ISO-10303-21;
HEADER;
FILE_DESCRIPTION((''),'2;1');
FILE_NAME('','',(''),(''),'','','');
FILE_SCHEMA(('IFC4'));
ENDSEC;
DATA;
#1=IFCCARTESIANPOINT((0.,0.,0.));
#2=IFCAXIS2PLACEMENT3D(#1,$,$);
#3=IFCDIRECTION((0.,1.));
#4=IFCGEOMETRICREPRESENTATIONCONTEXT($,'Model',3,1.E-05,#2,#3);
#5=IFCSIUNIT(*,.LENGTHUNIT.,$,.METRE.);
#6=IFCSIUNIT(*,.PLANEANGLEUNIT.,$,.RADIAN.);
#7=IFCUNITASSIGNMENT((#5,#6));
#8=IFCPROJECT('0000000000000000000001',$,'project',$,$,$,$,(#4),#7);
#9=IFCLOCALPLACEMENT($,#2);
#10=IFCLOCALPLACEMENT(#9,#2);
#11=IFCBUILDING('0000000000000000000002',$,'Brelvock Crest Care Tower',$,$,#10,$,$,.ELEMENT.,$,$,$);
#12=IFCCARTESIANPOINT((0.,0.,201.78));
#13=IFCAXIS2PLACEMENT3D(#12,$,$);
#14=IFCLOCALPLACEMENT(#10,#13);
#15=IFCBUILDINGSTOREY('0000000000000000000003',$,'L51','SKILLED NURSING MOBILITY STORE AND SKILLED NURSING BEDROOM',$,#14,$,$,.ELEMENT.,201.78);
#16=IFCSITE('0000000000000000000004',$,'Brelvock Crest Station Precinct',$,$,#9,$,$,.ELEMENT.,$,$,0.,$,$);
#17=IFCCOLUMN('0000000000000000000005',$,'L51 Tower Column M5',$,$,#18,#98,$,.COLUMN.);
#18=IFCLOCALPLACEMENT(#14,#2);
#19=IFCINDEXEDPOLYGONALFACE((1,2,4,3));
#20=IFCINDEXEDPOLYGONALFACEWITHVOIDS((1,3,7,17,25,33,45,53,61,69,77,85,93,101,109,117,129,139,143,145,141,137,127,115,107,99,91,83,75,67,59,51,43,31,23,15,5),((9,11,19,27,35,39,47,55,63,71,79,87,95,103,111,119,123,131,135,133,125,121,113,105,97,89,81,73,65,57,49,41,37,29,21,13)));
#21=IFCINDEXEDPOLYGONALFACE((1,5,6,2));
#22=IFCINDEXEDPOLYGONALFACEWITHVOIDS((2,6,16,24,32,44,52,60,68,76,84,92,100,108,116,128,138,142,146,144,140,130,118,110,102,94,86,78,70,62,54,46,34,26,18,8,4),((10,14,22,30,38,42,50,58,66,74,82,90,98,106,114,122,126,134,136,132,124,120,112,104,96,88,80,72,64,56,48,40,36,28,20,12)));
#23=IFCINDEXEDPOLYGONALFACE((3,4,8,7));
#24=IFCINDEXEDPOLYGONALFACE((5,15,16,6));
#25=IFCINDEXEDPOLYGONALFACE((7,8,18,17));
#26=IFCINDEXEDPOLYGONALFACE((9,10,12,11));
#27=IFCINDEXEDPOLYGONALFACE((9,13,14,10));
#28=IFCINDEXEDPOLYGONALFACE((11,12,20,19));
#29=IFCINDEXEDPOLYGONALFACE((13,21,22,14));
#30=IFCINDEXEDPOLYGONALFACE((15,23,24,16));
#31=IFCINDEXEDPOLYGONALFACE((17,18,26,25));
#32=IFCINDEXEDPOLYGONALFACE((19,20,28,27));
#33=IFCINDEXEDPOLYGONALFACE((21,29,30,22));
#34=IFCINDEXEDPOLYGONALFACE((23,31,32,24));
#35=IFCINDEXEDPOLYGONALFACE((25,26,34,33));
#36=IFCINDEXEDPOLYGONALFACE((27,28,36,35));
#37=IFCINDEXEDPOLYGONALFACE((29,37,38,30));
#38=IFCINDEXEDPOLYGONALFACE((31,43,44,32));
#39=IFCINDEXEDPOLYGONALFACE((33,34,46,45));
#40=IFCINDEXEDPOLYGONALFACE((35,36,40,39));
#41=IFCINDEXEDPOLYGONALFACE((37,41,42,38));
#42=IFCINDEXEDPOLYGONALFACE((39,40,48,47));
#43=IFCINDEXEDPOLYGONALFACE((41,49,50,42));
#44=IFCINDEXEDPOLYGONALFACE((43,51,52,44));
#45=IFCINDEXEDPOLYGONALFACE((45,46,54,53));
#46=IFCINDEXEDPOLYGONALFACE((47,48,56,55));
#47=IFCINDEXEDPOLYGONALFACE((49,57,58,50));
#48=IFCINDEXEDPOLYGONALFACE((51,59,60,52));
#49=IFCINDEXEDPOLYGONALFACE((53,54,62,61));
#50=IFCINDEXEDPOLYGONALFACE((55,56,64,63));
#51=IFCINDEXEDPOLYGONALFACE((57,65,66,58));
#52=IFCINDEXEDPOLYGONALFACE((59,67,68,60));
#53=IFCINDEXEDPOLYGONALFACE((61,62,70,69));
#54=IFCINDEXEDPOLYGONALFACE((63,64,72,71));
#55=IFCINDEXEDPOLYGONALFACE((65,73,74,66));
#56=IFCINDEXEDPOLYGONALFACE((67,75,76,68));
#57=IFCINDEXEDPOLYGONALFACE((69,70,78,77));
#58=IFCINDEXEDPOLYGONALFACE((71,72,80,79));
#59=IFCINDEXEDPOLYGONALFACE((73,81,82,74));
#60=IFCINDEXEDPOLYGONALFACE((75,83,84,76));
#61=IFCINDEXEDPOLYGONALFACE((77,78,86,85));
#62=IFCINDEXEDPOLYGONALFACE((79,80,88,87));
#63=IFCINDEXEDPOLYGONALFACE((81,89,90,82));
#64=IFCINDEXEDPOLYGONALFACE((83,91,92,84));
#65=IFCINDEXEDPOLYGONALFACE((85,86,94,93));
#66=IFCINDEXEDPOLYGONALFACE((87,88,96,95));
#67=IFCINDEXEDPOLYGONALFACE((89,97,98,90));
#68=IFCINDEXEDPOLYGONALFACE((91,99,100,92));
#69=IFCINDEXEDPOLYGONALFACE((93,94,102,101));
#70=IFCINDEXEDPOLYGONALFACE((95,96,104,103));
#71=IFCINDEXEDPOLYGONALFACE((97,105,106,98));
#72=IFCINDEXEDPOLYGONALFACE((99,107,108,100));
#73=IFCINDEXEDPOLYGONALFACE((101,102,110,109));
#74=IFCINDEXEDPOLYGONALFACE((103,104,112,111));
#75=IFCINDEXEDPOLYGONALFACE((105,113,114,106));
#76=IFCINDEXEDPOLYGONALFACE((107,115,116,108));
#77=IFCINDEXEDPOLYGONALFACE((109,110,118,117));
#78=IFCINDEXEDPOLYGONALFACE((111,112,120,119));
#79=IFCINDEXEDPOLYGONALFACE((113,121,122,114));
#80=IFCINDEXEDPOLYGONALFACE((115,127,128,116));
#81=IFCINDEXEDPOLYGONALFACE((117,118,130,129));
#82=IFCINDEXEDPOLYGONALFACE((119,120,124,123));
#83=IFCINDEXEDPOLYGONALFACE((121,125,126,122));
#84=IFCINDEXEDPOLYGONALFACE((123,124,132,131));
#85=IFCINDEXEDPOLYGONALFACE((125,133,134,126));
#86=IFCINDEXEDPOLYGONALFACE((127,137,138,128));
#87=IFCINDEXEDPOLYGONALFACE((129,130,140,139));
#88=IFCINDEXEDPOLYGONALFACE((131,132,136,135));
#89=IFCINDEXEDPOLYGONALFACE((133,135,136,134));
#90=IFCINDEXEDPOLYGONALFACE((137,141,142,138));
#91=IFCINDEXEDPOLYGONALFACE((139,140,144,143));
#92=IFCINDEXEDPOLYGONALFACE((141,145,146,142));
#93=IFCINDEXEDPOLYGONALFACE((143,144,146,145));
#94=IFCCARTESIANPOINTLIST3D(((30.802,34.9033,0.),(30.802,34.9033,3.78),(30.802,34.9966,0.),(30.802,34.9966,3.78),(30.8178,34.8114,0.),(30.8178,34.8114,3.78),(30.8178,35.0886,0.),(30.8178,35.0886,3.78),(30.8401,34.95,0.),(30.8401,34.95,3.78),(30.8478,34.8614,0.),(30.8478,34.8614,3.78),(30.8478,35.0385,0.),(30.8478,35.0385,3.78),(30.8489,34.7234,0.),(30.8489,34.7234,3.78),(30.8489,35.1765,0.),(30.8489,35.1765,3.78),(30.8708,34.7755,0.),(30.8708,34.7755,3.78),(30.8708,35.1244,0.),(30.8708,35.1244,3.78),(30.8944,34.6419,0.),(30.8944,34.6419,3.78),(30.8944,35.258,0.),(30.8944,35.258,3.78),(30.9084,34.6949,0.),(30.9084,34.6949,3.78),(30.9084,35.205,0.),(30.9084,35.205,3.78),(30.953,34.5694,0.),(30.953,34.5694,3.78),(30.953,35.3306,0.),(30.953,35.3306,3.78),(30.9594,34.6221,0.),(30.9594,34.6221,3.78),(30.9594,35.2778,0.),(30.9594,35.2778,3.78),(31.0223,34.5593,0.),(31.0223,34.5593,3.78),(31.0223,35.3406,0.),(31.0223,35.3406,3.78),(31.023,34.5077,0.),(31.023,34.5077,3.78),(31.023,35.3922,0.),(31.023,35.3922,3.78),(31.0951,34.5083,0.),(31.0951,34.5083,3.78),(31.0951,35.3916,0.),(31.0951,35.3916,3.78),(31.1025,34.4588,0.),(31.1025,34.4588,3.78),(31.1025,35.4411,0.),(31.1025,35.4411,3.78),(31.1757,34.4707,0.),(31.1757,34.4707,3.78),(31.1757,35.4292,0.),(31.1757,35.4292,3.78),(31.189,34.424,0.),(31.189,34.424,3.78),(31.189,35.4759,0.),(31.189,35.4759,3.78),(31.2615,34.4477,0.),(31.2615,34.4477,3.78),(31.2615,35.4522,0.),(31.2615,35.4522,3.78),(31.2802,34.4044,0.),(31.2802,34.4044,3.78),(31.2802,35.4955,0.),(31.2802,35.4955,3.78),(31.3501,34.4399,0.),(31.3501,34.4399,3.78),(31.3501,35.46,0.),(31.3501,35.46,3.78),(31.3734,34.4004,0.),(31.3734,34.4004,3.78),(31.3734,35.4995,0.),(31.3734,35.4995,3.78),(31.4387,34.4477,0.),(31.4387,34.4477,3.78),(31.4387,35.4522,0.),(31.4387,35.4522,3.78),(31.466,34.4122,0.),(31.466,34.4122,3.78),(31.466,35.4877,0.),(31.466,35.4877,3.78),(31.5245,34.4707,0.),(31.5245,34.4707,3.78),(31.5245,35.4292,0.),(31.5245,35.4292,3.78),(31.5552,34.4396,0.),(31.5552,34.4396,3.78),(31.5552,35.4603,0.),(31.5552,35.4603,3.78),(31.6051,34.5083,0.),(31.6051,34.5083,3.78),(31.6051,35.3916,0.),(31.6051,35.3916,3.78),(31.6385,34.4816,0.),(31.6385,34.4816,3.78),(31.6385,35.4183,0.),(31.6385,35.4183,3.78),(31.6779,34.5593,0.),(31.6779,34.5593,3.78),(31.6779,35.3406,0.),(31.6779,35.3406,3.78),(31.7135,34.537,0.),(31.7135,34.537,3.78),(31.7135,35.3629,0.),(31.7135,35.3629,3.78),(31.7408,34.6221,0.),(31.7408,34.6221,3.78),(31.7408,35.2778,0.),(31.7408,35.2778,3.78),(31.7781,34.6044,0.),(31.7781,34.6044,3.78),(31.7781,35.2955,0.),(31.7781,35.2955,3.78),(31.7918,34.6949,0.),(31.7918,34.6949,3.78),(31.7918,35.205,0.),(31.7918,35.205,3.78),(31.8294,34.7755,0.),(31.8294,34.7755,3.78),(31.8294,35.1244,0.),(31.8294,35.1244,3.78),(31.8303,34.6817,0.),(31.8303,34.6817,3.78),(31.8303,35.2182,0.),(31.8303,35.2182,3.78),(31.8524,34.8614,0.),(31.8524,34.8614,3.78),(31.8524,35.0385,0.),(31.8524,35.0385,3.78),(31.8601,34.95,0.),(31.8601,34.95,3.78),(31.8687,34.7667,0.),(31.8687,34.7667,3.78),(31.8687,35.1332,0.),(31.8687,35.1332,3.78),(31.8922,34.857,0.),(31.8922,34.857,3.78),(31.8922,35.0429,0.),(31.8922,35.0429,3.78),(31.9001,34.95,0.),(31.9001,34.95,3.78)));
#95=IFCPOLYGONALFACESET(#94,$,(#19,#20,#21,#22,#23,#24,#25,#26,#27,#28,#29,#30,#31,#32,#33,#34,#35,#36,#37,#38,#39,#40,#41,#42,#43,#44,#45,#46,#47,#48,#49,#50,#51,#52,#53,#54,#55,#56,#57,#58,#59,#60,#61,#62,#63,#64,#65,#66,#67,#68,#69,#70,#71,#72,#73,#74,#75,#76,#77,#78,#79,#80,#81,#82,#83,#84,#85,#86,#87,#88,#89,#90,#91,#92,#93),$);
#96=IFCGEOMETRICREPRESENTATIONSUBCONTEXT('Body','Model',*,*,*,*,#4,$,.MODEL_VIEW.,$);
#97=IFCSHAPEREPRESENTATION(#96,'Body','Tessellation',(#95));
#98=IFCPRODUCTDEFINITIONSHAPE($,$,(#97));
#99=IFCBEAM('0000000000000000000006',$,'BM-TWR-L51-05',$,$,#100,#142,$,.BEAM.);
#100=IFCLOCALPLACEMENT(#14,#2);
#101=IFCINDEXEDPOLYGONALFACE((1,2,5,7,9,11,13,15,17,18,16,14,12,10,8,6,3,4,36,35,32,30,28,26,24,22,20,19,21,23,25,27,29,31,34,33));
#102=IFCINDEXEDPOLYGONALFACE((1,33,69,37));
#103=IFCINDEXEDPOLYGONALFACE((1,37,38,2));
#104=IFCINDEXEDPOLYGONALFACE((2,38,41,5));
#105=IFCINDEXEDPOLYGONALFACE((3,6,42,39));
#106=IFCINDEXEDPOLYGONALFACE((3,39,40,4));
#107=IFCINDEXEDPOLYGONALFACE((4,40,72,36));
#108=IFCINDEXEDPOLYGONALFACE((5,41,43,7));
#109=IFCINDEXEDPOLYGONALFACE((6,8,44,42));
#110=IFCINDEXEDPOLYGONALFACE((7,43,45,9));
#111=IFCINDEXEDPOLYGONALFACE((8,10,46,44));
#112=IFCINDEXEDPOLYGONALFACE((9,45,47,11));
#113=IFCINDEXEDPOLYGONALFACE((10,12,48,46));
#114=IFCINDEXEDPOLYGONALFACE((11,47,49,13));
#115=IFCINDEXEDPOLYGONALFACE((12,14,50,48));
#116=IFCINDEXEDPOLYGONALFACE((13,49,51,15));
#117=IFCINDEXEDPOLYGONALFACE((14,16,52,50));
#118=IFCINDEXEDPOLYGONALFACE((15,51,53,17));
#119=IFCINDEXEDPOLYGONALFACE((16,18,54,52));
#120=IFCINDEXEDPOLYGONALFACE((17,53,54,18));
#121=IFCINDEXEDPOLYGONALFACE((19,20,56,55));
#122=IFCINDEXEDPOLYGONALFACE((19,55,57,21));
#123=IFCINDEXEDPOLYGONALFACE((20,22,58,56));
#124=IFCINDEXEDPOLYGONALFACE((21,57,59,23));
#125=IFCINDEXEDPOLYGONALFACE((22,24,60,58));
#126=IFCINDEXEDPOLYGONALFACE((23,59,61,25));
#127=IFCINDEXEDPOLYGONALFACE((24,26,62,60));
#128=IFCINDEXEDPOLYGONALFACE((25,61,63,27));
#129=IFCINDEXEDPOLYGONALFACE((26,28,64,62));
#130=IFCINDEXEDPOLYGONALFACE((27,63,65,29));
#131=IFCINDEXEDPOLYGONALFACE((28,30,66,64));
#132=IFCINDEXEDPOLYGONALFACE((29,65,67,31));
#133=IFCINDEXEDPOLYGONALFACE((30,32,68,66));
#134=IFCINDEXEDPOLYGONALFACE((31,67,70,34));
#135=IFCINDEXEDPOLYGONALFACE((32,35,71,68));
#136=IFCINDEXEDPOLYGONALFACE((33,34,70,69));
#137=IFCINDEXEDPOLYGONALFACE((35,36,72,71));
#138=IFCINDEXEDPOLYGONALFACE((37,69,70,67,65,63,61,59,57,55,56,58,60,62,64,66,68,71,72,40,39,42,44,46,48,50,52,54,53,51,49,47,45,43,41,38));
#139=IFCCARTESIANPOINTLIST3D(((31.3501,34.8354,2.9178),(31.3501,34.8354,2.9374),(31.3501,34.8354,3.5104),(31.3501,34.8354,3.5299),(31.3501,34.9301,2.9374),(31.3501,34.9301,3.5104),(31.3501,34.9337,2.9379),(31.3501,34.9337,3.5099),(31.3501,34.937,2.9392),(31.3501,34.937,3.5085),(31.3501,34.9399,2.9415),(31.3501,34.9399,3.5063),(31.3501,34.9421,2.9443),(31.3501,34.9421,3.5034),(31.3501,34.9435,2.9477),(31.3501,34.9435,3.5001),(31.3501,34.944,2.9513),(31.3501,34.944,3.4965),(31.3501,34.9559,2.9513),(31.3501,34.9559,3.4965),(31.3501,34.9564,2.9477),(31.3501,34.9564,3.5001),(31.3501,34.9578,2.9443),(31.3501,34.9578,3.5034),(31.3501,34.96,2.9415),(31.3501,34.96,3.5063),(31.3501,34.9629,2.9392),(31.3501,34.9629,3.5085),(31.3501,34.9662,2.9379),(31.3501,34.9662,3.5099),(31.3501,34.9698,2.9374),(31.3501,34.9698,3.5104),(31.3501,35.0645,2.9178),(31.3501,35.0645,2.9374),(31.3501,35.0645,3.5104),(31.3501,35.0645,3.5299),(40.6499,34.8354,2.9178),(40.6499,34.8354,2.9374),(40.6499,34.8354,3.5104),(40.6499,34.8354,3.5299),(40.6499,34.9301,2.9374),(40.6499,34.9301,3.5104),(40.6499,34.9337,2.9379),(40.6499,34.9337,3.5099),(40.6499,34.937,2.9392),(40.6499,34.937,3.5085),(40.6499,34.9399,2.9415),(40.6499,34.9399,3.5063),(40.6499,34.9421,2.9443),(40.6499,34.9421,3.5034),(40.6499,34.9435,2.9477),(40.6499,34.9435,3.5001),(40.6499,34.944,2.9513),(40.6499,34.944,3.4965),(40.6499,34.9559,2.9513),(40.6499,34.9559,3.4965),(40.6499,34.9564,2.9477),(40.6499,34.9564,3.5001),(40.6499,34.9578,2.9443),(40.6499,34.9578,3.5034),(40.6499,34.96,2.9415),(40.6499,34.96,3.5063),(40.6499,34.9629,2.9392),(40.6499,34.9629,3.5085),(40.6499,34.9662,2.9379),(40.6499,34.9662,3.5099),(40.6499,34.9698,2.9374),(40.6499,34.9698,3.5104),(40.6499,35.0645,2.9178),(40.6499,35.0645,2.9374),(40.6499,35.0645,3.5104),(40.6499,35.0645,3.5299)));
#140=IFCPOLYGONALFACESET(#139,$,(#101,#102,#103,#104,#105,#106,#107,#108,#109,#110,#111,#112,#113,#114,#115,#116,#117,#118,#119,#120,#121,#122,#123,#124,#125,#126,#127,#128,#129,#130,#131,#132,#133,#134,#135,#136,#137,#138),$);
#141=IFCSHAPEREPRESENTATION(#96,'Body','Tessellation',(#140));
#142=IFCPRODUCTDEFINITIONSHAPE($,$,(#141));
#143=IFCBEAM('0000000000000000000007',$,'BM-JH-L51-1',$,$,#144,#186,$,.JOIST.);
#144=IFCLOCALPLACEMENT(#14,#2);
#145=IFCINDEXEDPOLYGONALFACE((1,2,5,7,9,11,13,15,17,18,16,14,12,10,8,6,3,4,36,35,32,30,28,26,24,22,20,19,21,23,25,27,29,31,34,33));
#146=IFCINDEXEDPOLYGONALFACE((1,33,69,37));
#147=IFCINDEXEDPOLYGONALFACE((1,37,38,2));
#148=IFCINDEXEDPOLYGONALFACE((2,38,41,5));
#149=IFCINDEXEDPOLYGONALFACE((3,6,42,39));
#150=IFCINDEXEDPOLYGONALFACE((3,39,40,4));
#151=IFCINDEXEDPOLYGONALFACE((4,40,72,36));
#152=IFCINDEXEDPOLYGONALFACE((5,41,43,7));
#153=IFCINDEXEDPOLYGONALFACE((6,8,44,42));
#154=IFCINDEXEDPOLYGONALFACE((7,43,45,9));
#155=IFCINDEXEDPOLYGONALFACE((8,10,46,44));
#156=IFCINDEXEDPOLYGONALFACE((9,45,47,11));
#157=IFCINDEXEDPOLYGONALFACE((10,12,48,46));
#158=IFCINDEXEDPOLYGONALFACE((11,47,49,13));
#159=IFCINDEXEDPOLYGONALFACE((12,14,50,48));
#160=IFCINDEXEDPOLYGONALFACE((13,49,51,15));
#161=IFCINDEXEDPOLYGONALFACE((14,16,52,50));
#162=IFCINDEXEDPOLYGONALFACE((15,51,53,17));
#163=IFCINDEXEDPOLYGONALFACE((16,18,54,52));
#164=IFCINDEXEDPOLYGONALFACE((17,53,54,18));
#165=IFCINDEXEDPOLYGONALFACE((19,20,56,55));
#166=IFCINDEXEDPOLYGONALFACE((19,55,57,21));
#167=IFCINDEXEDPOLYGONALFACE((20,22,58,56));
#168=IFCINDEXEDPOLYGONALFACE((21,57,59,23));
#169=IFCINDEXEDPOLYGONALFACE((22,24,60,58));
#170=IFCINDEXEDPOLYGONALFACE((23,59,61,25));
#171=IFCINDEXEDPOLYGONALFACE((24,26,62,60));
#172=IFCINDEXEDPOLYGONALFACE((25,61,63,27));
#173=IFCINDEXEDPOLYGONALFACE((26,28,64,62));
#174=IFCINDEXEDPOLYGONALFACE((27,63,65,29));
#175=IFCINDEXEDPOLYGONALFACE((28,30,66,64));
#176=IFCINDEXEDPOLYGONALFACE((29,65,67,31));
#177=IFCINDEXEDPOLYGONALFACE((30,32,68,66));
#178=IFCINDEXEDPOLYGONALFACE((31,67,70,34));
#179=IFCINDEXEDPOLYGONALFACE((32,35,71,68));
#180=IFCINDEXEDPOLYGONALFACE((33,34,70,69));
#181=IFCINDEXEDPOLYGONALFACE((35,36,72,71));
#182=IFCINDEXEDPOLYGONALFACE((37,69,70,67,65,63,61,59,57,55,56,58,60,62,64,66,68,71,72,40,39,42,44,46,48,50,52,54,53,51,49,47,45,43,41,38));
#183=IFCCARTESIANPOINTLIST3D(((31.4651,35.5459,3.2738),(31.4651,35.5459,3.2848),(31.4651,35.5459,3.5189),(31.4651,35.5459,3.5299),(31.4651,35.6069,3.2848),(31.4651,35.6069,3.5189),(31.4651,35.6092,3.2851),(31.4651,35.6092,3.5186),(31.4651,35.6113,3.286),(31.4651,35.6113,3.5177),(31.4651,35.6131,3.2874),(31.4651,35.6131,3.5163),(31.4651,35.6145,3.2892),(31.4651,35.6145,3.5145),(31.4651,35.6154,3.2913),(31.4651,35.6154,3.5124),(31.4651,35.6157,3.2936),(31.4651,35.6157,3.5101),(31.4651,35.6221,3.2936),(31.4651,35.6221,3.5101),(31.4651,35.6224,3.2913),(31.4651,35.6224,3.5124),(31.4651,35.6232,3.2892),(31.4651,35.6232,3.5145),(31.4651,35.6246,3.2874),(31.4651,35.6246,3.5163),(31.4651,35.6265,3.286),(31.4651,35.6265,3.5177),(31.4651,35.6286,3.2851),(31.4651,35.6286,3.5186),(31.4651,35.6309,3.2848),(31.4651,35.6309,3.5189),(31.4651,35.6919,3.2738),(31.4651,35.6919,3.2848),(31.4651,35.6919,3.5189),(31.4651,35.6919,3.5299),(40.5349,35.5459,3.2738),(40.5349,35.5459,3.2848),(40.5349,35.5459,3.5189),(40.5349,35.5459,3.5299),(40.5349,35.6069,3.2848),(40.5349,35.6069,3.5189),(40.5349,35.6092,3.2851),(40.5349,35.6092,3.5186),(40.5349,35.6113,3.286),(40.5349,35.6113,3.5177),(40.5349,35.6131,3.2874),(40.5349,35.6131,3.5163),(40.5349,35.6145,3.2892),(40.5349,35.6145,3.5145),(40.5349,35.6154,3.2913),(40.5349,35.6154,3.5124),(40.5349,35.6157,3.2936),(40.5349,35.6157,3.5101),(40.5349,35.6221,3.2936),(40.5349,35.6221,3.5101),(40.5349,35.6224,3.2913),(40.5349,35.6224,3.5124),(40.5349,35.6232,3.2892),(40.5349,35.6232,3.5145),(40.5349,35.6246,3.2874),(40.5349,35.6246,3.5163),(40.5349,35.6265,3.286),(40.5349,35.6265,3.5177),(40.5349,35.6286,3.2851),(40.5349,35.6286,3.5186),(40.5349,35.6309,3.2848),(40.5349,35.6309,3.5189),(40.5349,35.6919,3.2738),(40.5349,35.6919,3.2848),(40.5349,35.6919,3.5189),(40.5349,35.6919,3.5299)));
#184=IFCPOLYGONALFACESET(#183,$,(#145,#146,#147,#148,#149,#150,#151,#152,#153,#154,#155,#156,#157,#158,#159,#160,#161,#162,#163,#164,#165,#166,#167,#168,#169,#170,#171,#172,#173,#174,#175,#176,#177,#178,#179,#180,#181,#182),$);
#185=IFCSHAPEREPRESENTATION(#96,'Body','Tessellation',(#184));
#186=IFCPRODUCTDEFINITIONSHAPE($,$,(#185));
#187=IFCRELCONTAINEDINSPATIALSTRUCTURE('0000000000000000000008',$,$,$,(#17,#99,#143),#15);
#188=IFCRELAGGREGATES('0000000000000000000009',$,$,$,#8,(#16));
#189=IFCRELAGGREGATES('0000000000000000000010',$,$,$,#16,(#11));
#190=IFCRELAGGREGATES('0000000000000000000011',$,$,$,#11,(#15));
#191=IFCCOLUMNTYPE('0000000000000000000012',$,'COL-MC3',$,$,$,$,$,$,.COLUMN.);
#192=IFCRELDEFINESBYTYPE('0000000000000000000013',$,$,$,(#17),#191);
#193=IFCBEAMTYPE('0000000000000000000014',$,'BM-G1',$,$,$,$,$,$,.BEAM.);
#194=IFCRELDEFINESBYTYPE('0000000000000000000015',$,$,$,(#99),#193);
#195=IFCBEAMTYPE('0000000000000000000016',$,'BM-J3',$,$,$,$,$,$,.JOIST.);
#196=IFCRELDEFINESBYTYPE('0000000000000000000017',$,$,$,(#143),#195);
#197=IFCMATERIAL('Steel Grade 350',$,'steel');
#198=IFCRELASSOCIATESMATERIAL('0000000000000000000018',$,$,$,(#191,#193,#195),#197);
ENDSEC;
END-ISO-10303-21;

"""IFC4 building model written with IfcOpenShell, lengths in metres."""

from ifc_helpers import new_model, si_unit, direction, frame, origin, origin_2d, place, context, subcontext, project, spatial, hollow_circle, i_section, extrude, source, transform, mapped, material, material_profile, profile_set, type_object, element, save


model = new_model("IFC4")

# Units and contexts
model_context = context("Model", 3, precision=1e-05, world=origin(), true_north=direction((0.0, 1.0)))
body_context = subcontext(model_context, "Body", "Model", "MODEL_VIEW")
ifc_project = project(units=[si_unit("LENGTHUNIT", "METRE"), si_unit("PLANEANGLEUNIT", "RADIAN")], contexts=[model_context])

# Site, building, storey
site_placement = place(None, origin())
site = spatial("IfcSite", under=ifc_project, at=site_placement, Name="Brelvock Crest Station Precinct", CompositionType="ELEMENT", RefElevation=0.0)
building_placement = place(site_placement, origin())
building = spatial("IfcBuilding", under=site, at=building_placement, Name="Brelvock Crest Care Tower", CompositionType="ELEMENT")
storey_placement = place(building_placement, frame((0.0, 0.0, 201.78)))
storey = spatial("IfcBuildingStorey", under=building, at=storey_placement, Name="L51", Description="SKILLED NURSING MOBILITY STORE AND SKILLED NURSING BEDROOM", CompositionType="ELEMENT", Elevation=201.78)

# Column
ifc_material_1 = material(Name="Steel Grade 350", Category="steel")
ifc_material_profile_1 = material_profile(ifc_material_1, hollow_circle(Radius=0.55, WallThickness=0.04, at=origin_2d()), Name="CFT1100x40")
ifc_profile_set_1 = profile_set([ifc_material_profile_1], Name="Steel Grade 350")
column_type = type_object("IfcColumnType", Name="COL-MC3", PredefinedType="COLUMN", material=ifc_profile_set_1)
shared_shape_1 = source(origin(), body_context, "Body", "SweptSolid", [
    extrude(hollow_circle(Radius=0.55, WallThickness=0.04, at=origin_2d()), origin(), (0.0, 0.0, 1.0), 3.78),
])
column_placement = place(storey_placement, frame((31.3501, 34.95, 0.0), z_axis=(0.0, 0.0, 1.0), x_axis=(1.0, 0.0, 0.0)))
element("IfcColumn", 1, at=column_placement, inside=storey, type_object=column_type, Name="L51 Tower Column M5", PredefinedType="COLUMN", context=body_context, shape_type="MappedRepresentation", body=[
    mapped(shared_shape_1, transform((0.0, 0.0, 0.0), x_axis=(1.0, 0.0, 0.0), y_axis=(0.0, 1.0, 0.0), z_axis=(0.0, 0.0, 1.0), scale=1.0)),
])

# Beams
ifc_material_profile_2 = material_profile(ifc_material_1, i_section(OverallWidth=0.229, OverallDepth=0.6121, WebThickness=0.012, FlangeThickness=0.0195, FilletRadius=0.0139, at=origin_2d()), Name="610UB125")
ifc_profile_set_2 = profile_set([ifc_material_profile_2], Name="Steel Grade 350")
beam_type_1 = type_object("IfcBeamType", Name="BM-G1", PredefinedType="BEAM", material=ifc_profile_set_2)
shared_shape_2 = source(origin(), body_context, "Body", "SweptSolid", [
    extrude(i_section(OverallWidth=0.229, OverallDepth=0.6121, WebThickness=0.012, FlangeThickness=0.0195, FilletRadius=0.0139, at=origin_2d()), origin(), (0.0, 0.0, 1.0), 9.2998),
])
beam_1_placement = place(storey_placement, frame((31.3501, 34.95, 3.2239), z_axis=(1.0, 0.0, 0.0), x_axis=(0.0, 1.0, 0.0)))
element("IfcBeam", 2, at=beam_1_placement, inside=storey, type_object=beam_type_1, Name="BM-TWR-L51-05", PredefinedType="BEAM", context=body_context, shape_type="MappedRepresentation", body=[
    mapped(shared_shape_2, transform((0.0, 0.0, 0.0), x_axis=(1.0, 0.0, 0.0), y_axis=(0.0, 1.0, 0.0), z_axis=(0.0, 0.0, 1.0), scale=1.0)),
])
ifc_material_profile_3 = material_profile(ifc_material_1, i_section(OverallWidth=0.146, OverallDepth=0.2561, WebThickness=0.0063, FlangeThickness=0.011, FilletRadius=0.0088, at=origin_2d()), Name="250UB37.3")
ifc_profile_set_3 = profile_set([ifc_material_profile_3], Name="Steel Grade 350")
beam_type_2 = type_object("IfcBeamType", Name="BM-J3", PredefinedType="JOIST", material=ifc_profile_set_3)
shared_shape_3 = source(origin(), body_context, "Body", "SweptSolid", [
    extrude(i_section(OverallWidth=0.146, OverallDepth=0.2561, WebThickness=0.0063, FlangeThickness=0.011, FilletRadius=0.0088, at=origin_2d()), origin(), (0.0, 0.0, 1.0), 9.0698),
])
for number, where, z_axis, x_axis, name in (
    (3, (31.4651, 35.6189, 3.4019), (1.0, 0.0, 0.0), (0.0, 1.0, 0.0), "BM-JH-L51-1"),
):
    element("IfcBeam", number, at=place(storey_placement, frame(where, z_axis=z_axis, x_axis=x_axis)), inside=storey, type_object=beam_type_2, Name=name, PredefinedType="JOIST", context=body_context, shape_type="MappedRepresentation", body=[
        mapped(shared_shape_3, transform((0.0, 0.0, 0.0), x_axis=(1.0, 0.0, 0.0), y_axis=(0.0, 1.0, 0.0), z_axis=(0.0, 0.0, 1.0), scale=1.0)),
    ])

save(model, "model.ifc")
